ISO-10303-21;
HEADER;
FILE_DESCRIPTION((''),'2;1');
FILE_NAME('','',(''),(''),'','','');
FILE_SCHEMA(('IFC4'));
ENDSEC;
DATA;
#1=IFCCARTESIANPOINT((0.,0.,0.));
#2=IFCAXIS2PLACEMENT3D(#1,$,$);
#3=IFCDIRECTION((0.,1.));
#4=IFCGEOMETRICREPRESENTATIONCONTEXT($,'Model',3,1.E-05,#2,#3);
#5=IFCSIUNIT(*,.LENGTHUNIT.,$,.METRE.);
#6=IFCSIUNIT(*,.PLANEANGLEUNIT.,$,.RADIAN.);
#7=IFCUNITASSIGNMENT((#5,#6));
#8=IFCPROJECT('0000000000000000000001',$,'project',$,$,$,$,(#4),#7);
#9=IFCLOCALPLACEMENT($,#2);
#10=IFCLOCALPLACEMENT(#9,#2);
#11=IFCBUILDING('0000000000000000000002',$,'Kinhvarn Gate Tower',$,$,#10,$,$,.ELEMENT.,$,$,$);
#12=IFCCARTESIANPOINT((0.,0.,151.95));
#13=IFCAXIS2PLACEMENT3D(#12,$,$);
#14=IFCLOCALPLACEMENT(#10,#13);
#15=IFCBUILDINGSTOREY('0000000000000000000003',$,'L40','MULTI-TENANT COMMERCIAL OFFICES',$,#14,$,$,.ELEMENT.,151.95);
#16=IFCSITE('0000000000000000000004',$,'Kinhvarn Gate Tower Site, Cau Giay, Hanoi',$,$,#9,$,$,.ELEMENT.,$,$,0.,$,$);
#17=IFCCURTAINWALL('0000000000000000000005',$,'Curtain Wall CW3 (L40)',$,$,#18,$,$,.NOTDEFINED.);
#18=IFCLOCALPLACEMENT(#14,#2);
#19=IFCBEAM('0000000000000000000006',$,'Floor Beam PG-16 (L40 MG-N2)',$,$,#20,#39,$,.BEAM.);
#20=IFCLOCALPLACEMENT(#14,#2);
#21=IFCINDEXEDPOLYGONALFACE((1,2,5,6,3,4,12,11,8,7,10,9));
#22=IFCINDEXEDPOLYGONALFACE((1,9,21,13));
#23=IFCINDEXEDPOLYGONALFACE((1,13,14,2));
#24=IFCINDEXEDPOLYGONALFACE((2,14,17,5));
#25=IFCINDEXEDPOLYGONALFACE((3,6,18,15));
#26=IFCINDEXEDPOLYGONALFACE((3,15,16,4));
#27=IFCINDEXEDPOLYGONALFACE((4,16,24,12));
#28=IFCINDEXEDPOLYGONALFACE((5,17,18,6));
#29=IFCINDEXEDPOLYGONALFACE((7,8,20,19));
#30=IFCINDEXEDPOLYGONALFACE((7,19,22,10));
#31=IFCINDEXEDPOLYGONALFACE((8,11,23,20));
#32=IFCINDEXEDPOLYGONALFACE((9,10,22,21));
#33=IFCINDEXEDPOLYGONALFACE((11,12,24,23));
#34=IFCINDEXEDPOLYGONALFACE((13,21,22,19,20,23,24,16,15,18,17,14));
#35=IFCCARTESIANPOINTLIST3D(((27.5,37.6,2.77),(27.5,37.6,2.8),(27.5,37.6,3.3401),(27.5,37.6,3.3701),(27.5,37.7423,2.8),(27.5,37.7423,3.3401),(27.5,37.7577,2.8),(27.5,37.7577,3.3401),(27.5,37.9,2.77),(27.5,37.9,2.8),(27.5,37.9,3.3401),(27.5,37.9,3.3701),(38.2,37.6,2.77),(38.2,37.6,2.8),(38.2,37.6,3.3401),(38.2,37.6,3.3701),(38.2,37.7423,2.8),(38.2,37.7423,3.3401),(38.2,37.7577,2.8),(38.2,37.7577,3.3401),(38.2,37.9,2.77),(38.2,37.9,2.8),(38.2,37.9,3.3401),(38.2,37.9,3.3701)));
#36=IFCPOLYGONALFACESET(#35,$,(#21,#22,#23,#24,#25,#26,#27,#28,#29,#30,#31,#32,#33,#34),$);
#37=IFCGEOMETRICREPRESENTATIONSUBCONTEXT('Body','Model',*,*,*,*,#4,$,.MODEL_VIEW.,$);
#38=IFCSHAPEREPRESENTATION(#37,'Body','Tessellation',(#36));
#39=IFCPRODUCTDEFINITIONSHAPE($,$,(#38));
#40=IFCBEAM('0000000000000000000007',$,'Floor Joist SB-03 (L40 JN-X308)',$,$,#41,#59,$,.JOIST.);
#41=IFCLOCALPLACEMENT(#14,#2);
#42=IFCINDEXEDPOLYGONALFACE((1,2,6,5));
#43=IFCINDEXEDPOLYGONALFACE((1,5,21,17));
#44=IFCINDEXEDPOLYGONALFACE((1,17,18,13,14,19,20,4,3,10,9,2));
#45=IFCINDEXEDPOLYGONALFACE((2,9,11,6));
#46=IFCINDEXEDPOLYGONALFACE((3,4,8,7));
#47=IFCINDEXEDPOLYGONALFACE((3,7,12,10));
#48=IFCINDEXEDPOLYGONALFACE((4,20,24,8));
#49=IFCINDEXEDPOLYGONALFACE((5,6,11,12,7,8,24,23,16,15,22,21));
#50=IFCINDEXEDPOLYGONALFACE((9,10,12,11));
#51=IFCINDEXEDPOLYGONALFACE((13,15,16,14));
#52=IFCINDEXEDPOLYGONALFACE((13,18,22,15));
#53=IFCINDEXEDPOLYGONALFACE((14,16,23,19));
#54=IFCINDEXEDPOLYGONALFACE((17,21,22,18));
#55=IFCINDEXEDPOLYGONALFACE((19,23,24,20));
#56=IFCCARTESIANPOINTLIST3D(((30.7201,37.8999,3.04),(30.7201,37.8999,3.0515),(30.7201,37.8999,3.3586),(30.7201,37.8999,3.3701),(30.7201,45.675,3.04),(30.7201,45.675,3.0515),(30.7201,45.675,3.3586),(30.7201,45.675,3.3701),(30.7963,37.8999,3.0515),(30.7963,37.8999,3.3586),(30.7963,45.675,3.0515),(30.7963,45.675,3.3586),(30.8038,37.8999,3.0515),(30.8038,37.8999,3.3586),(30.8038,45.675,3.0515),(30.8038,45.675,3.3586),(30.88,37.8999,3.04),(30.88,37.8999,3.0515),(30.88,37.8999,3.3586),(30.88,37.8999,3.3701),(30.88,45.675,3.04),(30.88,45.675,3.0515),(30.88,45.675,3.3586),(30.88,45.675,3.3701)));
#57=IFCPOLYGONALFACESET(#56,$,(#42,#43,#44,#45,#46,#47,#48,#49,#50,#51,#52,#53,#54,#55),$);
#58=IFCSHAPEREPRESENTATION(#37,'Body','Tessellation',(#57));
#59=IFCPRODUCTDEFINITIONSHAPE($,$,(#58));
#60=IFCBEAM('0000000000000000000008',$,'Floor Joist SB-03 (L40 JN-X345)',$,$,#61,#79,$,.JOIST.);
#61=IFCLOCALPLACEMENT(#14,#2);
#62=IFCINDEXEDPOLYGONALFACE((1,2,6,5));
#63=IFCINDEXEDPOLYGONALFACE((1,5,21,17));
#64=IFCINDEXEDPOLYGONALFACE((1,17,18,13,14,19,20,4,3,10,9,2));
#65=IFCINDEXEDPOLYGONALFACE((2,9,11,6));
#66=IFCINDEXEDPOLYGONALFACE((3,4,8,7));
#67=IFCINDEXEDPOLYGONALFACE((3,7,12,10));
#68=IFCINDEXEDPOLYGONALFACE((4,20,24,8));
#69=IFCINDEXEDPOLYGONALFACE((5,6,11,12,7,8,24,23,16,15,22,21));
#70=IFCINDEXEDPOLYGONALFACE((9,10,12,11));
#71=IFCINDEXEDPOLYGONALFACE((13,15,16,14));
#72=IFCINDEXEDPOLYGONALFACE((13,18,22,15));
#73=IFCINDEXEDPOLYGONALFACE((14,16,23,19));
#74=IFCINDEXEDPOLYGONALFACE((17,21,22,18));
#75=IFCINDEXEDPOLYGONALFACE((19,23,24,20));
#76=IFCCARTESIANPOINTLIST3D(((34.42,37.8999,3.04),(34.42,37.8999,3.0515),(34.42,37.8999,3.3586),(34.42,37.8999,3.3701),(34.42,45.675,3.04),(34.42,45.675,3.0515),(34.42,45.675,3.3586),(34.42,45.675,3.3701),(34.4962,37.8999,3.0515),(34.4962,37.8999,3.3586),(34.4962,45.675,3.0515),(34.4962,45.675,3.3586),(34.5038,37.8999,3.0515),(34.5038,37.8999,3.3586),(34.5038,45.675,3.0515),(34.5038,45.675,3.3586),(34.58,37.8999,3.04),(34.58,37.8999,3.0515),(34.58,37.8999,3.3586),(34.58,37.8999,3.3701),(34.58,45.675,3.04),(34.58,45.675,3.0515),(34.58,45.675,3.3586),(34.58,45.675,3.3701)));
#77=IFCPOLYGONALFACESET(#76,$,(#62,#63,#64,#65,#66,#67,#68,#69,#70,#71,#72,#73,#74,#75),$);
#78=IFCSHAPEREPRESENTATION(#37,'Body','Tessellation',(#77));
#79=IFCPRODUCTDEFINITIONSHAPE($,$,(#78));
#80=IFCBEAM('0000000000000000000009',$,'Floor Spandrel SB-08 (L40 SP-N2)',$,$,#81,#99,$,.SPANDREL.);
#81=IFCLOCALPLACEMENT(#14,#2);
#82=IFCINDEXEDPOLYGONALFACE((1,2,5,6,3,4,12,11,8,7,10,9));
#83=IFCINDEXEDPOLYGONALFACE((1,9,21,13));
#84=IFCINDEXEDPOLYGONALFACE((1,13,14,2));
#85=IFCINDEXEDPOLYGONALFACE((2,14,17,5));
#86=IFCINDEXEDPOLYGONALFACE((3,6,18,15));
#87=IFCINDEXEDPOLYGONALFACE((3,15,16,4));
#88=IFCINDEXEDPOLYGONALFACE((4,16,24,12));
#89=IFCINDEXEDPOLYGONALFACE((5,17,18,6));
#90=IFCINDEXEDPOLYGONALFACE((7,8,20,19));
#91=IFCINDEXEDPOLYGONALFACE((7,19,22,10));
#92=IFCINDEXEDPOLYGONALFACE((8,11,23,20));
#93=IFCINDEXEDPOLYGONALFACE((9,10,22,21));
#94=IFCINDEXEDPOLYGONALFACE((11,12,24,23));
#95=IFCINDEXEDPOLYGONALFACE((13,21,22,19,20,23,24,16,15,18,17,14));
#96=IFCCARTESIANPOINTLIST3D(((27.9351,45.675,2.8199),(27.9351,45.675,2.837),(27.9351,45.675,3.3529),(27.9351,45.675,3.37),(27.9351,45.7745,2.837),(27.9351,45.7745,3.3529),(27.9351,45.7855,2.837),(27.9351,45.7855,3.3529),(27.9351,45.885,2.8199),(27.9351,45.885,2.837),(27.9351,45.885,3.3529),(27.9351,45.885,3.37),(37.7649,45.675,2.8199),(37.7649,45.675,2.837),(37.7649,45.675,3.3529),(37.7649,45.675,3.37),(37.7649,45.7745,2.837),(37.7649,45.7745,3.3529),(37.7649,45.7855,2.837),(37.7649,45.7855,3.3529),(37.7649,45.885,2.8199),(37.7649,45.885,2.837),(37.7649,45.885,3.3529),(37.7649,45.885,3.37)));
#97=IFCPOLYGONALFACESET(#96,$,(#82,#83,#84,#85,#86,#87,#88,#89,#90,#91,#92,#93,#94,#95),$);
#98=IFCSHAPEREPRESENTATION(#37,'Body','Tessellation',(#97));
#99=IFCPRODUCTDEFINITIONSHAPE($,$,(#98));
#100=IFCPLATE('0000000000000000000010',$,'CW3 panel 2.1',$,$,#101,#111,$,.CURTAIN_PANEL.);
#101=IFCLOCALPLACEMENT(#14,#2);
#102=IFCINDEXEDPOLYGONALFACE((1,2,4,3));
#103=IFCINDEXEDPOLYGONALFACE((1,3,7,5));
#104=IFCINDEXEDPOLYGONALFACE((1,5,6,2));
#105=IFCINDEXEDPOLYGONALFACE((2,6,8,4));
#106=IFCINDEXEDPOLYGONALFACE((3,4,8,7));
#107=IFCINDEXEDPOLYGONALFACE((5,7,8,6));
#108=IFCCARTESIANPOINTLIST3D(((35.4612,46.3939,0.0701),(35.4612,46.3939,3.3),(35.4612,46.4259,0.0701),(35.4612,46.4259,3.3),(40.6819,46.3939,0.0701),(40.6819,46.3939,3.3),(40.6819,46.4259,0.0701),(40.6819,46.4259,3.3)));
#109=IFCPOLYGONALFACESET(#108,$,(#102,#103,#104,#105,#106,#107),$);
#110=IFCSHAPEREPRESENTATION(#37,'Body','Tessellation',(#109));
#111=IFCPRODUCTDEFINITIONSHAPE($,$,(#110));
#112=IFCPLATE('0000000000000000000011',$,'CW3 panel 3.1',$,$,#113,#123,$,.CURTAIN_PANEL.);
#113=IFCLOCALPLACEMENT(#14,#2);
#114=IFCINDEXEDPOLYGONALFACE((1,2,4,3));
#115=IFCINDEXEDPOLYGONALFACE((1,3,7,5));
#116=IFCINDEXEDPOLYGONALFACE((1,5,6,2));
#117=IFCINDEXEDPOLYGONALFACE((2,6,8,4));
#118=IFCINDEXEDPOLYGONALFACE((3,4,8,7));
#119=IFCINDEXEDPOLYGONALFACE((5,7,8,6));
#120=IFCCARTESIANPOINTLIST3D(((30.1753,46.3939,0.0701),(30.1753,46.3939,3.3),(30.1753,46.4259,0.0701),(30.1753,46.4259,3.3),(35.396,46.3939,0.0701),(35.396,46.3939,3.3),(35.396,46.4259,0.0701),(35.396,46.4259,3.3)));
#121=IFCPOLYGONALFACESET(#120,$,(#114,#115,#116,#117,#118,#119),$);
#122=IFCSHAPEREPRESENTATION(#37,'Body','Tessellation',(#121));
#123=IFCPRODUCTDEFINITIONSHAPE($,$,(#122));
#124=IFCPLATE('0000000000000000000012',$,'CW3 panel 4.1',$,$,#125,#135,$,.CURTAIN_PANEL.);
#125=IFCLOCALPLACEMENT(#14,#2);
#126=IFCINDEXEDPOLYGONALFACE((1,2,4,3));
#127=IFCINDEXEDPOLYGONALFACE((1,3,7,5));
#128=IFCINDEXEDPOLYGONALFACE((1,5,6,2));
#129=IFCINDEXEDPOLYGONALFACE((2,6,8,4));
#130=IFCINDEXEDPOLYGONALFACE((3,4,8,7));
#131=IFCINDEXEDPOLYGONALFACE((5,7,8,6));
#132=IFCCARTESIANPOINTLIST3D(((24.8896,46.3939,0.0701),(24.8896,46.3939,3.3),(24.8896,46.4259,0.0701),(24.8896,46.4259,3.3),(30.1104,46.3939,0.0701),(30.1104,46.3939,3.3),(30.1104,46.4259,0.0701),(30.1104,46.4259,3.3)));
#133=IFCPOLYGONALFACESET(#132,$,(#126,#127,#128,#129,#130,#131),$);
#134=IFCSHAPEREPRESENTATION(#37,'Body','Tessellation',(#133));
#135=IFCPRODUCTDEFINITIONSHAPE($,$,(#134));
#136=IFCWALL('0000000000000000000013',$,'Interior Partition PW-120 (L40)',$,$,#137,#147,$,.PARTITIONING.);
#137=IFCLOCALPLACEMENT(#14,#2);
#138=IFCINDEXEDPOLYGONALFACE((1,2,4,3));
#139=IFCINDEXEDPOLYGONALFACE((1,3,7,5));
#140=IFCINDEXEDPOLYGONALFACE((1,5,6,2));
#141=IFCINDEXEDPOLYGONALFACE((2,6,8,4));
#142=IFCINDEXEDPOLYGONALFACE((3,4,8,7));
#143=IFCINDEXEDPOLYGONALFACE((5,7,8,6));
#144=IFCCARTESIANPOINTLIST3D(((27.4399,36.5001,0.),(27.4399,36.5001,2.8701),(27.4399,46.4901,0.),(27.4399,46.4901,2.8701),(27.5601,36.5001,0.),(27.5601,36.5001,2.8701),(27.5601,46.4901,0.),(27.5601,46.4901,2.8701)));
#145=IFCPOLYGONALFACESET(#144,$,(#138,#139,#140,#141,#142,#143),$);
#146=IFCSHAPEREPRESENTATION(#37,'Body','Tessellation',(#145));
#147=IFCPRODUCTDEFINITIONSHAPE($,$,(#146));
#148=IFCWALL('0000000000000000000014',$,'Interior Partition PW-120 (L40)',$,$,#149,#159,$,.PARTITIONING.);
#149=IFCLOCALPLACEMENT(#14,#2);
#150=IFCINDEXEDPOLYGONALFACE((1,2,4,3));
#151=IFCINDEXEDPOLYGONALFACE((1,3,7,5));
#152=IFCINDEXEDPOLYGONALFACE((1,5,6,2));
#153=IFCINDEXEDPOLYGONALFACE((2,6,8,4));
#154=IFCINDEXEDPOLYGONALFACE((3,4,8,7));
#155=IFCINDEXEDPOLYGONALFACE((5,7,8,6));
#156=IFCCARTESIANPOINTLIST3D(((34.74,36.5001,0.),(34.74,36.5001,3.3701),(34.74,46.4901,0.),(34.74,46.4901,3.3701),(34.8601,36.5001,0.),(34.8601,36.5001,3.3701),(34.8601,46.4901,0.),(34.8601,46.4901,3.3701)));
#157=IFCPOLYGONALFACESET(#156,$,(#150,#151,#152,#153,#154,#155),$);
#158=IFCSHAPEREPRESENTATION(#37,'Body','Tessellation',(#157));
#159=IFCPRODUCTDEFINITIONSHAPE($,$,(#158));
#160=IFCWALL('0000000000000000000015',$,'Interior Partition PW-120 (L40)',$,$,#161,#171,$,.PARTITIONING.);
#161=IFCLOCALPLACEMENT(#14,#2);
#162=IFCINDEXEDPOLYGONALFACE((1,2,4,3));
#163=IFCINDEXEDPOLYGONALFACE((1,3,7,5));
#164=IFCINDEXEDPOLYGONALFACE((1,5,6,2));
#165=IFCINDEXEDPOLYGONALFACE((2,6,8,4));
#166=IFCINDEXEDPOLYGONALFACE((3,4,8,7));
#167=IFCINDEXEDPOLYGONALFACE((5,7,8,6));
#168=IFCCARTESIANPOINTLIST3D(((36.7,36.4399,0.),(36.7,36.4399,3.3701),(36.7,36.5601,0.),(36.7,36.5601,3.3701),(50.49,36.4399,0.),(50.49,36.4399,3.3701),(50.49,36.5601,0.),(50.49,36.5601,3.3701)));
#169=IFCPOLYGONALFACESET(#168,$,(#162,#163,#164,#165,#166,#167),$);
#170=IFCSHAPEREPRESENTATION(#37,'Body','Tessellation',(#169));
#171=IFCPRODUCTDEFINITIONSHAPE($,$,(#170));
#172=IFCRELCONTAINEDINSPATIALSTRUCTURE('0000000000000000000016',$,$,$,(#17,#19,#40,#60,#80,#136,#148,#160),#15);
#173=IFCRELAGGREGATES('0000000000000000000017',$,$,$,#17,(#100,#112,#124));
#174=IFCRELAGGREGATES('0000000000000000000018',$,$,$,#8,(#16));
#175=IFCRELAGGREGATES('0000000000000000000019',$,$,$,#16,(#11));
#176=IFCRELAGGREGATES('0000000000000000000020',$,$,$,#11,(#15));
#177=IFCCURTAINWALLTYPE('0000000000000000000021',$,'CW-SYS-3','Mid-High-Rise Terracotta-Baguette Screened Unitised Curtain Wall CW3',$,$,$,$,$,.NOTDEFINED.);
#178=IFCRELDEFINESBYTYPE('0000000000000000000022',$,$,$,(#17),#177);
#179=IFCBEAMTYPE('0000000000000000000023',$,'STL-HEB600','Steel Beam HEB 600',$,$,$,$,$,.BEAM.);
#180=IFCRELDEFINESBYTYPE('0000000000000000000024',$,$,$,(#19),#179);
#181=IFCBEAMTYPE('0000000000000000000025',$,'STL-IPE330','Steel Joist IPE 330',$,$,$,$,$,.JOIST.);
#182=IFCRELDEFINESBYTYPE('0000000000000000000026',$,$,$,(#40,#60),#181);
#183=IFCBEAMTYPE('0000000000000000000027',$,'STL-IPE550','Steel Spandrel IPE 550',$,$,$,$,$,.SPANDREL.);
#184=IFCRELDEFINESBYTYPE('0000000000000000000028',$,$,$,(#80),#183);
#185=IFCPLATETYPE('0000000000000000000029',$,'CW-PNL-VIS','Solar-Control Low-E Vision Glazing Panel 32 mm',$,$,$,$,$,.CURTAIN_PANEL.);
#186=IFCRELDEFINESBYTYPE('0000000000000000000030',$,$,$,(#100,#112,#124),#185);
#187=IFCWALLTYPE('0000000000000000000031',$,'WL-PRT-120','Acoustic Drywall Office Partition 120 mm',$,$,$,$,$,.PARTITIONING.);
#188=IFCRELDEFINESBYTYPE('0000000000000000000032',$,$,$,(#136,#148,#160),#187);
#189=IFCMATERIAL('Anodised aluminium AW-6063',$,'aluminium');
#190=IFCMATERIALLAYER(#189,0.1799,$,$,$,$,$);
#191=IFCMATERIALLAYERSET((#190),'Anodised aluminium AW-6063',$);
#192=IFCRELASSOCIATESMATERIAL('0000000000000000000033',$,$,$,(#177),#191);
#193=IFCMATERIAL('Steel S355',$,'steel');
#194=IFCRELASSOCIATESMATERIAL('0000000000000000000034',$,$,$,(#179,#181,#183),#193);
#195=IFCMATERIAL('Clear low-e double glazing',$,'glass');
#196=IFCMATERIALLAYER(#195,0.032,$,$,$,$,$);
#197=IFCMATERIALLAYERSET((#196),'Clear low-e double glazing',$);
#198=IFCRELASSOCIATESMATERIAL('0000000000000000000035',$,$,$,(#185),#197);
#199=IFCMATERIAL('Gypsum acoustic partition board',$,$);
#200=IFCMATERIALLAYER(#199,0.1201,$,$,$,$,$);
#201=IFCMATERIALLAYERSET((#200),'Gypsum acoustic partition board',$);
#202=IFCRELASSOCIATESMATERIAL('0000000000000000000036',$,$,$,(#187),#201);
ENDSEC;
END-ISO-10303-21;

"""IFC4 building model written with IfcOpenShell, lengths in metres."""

from ifc_helpers import new_model, si_unit, direction, frame, frame_2d, origin, origin_2d, place, context, subcontext, project, spatial, rectangle, i_section, extrude, material, layer, layer_set, material_profile, profile_set, type_object, element, aggregate, save


model = new_model("IFC4")

# Units and contexts
model_context = context("Model", 3, precision=1e-05, world=origin(), true_north=direction((0.0, 1.0)))
body_context = subcontext(model_context, "Body", "Model", "MODEL_VIEW")
ifc_project = project(units=[si_unit("LENGTHUNIT", "METRE"), si_unit("PLANEANGLEUNIT", "RADIAN")], contexts=[model_context])

# Site, building, storey
site_placement = place(None, origin())
site = spatial("IfcSite", under=ifc_project, at=site_placement, Name="Kinhvarn Gate Tower Site, Cau Giay, Hanoi", CompositionType="ELEMENT", RefElevation=0.0)
building_placement = place(site_placement, origin())
building = spatial("IfcBuilding", under=site, at=building_placement, Name="Kinhvarn Gate Tower", CompositionType="ELEMENT")
storey_placement = place(building_placement, frame((0.0, 0.0, 151.95)))
storey = spatial("IfcBuildingStorey", under=building, at=storey_placement, Name="L40", Description="MULTI-TENANT COMMERCIAL OFFICES", CompositionType="ELEMENT", Elevation=151.95)

# Curtain wall
ifc_material_1 = material(Name="Anodised aluminium AW-6063", Category="aluminium")
ifc_layer_1 = layer(ifc_material_1, 0.1799)
ifc_layer_set_1 = layer_set([ifc_layer_1], Name="Anodised aluminium AW-6063")
curtain_wall_type = type_object("IfcCurtainWallType", Name="CW-SYS-3", Description="Mid-High-Rise Terracotta-Baguette Screened Unitised Curtain Wall CW3", PredefinedType="NOTDEFINED", material=ifc_layer_set_1)
curtain_wall_placement = place(storey_placement, origin())
curtain_wall = element("IfcCurtainWall", 1, at=curtain_wall_placement, inside=storey, type_object=curtain_wall_type, Name="Curtain Wall CW3 (L40)", PredefinedType="NOTDEFINED")

# Beams
ifc_material_2 = material(Name="Steel S355", Category="steel")
ifc_material_profile_1 = material_profile(ifc_material_2, i_section(OverallWidth=0.3, OverallDepth=0.6001, WebThickness=0.0154, FlangeThickness=0.03, at=origin_2d()), Name="HEB 600")
ifc_profile_set_1 = profile_set([ifc_material_profile_1], Name="Steel S355")
beam_type_1 = type_object("IfcBeamType", Name="STL-HEB600", Description="Steel Beam HEB 600", PredefinedType="BEAM", material=ifc_profile_set_1)
beam_1_placement = place(storey_placement, frame((27.5, 37.75, 3.0701), z_axis=(1.0, 0.0, 0.0), x_axis=(0.0, 1.0, 0.0)))
element("IfcBeam", 2, at=beam_1_placement, inside=storey, type_object=beam_type_1, Name="Floor Beam PG-16 (L40 MG-N2)", PredefinedType="BEAM", context=body_context, shape_type="SweptSolid", body=[
    extrude(i_section(OverallWidth=0.3, OverallDepth=0.6001, WebThickness=0.0154, FlangeThickness=0.03, at=origin_2d()), origin(), (0.0, 0.0, 1.0), 10.7),
])
ifc_material_profile_2 = material_profile(ifc_material_2, i_section(OverallWidth=0.1599, OverallDepth=0.3301, WebThickness=0.0076, FlangeThickness=0.0115, at=origin_2d()), Name="IPE 330")
ifc_profile_set_2 = profile_set([ifc_material_profile_2], Name="Steel S355")
beam_type_2 = type_object("IfcBeamType", Name="STL-IPE330", Description="Steel Joist IPE 330", PredefinedType="JOIST", material=ifc_profile_set_2)
for number, where, z_axis, x_axis, name in (
    (3, (30.8, 37.8999, 3.2051), (0.0, 1.0, 0.0), (-1.0, 0.0, 0.0), "Floor Joist SB-03 (L40 JN-X308)"),
    (4, (34.5, 37.8999, 3.2051), (0.0, 1.0, 0.0), (-1.0, 0.0, 0.0), "Floor Joist SB-03 (L40 JN-X345)"),
):
    element("IfcBeam", number, at=place(storey_placement, frame(where, z_axis=z_axis, x_axis=x_axis)), inside=storey, type_object=beam_type_2, Name=name, PredefinedType="JOIST", context=body_context, shape_type="SweptSolid", body=[
        extrude(i_section(OverallWidth=0.1599, OverallDepth=0.3301, WebThickness=0.0076, FlangeThickness=0.0115, at=origin_2d()), origin(), (0.0, 0.0, 1.0), 7.7751),
    ])
ifc_material_profile_3 = material_profile(ifc_material_2, i_section(OverallWidth=0.21, OverallDepth=0.55, WebThickness=0.011, FlangeThickness=0.0171, at=origin_2d()), Name="IPE 550")
ifc_profile_set_3 = profile_set([ifc_material_profile_3], Name="Steel S355")
beam_type_3 = type_object("IfcBeamType", Name="STL-IPE550", Description="Steel Spandrel IPE 550", PredefinedType="SPANDREL", material=ifc_profile_set_3)
beam_2_placement = place(storey_placement, frame((27.9351, 45.78, 3.095), z_axis=(1.0, 0.0, 0.0), x_axis=(0.0, 1.0, 0.0)))
element("IfcBeam", 5, at=beam_2_placement, inside=storey, type_object=beam_type_3, Name="Floor Spandrel SB-08 (L40 SP-N2)", PredefinedType="SPANDREL", context=body_context, shape_type="SweptSolid", body=[
    extrude(i_section(OverallWidth=0.21, OverallDepth=0.55, WebThickness=0.011, FlangeThickness=0.0171, at=origin_2d()), origin(), (0.0, 0.0, 1.0), 9.8298),
])

# Plates
ifc_material_3 = material(Name="Clear low-e double glazing", Category="glass")
ifc_layer_2 = layer(ifc_material_3, 0.032)
ifc_layer_set_2 = layer_set([ifc_layer_2], Name="Clear low-e double glazing")
plate_type = type_object("IfcPlateType", Name="CW-PNL-VIS", Description="Solar-Control Low-E Vision Glazing Panel 32 mm", PredefinedType="CURTAIN_PANEL", material=ifc_layer_set_2)
plate_1_placement = place(storey_placement, frame((38.0715, 46.4099, 0.0701), z_axis=(0.0, 0.0, 1.0), x_axis=(-1.0, 0.0, 0.0)))
plate_1 = element("IfcPlate", 6, at=plate_1_placement, type_object=plate_type, Name="CW3 panel 2.1", PredefinedType="CURTAIN_PANEL", context=body_context, shape_type="SweptSolid", body=[
    extrude(rectangle(XDim=5.2207, YDim=0.032, at=origin_2d()), origin(), (0.0, 0.0, 1.0), 3.23),
])
plate_2_placement = place(storey_placement, frame((32.7856, 46.4099, 0.0701), z_axis=(0.0, 0.0, 1.0), x_axis=(-1.0, 0.0, 0.0)))
plate_2 = element("IfcPlate", 7, at=plate_2_placement, type_object=plate_type, Name="CW3 panel 3.1", PredefinedType="CURTAIN_PANEL", context=body_context, shape_type="SweptSolid", body=[
    extrude(rectangle(XDim=5.2207, YDim=0.032, at=origin_2d()), origin(), (0.0, 0.0, 1.0), 3.23),
])
plate_3_placement = place(storey_placement, frame((27.5, 46.4099, 0.0701), z_axis=(0.0, 0.0, 1.0), x_axis=(-1.0, 0.0, 0.0)))
plate_3 = element("IfcPlate", 8, at=plate_3_placement, type_object=plate_type, Name="CW3 panel 4.1", PredefinedType="CURTAIN_PANEL", context=body_context, shape_type="SweptSolid", body=[
    extrude(rectangle(XDim=5.2207, YDim=0.032, at=origin_2d()), origin(), (0.0, 0.0, 1.0), 3.23),
])
aggregate(curtain_wall, [plate_1, plate_2, plate_3])

# Walls
ifc_material_4 = material(Name="Gypsum acoustic partition board")
ifc_layer_3 = layer(ifc_material_4, 0.1201)
ifc_layer_set_3 = layer_set([ifc_layer_3], Name="Gypsum acoustic partition board")
wall_type_1 = type_object("IfcWallType", Name="WL-PRT-120", Description="Acoustic Drywall Office Partition 120 mm", PredefinedType="PARTITIONING", material=ifc_layer_set_3)
wall_1_placement = place(storey_placement, frame((27.5, 36.5, 0.0), z_axis=(0.0, 0.0, 1.0), x_axis=(0.0, 1.0, 0.0)))
element("IfcWall", 9, at=wall_1_placement, inside=storey, type_object=wall_type_1, Name="Interior Partition PW-120 (L40)", PredefinedType="PARTITIONING", context=body_context, shape_type="SweptSolid", body=[
    extrude(rectangle(XDim=9.99, YDim=0.1201, at=frame_2d((4.9951, 0.0))), origin(), (0.0, 0.0, 1.0), 2.8701),
])
wall_2_placement = place(storey_placement, frame((34.8, 36.5, 0.0), z_axis=(0.0, 0.0, 1.0), x_axis=(0.0, 1.0, 0.0)))
element("IfcWall", 10, at=wall_2_placement, inside=storey, type_object=wall_type_1, Name="Interior Partition PW-120 (L40)", PredefinedType="PARTITIONING", context=body_context, shape_type="SweptSolid", body=[
    extrude(rectangle(XDim=9.99, YDim=0.1201, at=frame_2d((4.9951, 0.0))), origin(), (0.0, 0.0, 1.0), 3.3701),
])
wall_3_placement = place(storey_placement, frame((36.7, 36.5, 0.0), z_axis=(0.0, 0.0, 1.0), x_axis=(1.0, 0.0, 0.0)))
element("IfcWall", 11, at=wall_3_placement, inside=storey, type_object=wall_type_1, Name="Interior Partition PW-120 (L40)", PredefinedType="PARTITIONING", context=body_context, shape_type="SweptSolid", body=[
    extrude(rectangle(XDim=13.79, YDim=0.1201, at=frame_2d((6.895, 0.0))), origin(), (0.0, 0.0, 1.0), 3.3701),
])

save(model, "model.ifc")
